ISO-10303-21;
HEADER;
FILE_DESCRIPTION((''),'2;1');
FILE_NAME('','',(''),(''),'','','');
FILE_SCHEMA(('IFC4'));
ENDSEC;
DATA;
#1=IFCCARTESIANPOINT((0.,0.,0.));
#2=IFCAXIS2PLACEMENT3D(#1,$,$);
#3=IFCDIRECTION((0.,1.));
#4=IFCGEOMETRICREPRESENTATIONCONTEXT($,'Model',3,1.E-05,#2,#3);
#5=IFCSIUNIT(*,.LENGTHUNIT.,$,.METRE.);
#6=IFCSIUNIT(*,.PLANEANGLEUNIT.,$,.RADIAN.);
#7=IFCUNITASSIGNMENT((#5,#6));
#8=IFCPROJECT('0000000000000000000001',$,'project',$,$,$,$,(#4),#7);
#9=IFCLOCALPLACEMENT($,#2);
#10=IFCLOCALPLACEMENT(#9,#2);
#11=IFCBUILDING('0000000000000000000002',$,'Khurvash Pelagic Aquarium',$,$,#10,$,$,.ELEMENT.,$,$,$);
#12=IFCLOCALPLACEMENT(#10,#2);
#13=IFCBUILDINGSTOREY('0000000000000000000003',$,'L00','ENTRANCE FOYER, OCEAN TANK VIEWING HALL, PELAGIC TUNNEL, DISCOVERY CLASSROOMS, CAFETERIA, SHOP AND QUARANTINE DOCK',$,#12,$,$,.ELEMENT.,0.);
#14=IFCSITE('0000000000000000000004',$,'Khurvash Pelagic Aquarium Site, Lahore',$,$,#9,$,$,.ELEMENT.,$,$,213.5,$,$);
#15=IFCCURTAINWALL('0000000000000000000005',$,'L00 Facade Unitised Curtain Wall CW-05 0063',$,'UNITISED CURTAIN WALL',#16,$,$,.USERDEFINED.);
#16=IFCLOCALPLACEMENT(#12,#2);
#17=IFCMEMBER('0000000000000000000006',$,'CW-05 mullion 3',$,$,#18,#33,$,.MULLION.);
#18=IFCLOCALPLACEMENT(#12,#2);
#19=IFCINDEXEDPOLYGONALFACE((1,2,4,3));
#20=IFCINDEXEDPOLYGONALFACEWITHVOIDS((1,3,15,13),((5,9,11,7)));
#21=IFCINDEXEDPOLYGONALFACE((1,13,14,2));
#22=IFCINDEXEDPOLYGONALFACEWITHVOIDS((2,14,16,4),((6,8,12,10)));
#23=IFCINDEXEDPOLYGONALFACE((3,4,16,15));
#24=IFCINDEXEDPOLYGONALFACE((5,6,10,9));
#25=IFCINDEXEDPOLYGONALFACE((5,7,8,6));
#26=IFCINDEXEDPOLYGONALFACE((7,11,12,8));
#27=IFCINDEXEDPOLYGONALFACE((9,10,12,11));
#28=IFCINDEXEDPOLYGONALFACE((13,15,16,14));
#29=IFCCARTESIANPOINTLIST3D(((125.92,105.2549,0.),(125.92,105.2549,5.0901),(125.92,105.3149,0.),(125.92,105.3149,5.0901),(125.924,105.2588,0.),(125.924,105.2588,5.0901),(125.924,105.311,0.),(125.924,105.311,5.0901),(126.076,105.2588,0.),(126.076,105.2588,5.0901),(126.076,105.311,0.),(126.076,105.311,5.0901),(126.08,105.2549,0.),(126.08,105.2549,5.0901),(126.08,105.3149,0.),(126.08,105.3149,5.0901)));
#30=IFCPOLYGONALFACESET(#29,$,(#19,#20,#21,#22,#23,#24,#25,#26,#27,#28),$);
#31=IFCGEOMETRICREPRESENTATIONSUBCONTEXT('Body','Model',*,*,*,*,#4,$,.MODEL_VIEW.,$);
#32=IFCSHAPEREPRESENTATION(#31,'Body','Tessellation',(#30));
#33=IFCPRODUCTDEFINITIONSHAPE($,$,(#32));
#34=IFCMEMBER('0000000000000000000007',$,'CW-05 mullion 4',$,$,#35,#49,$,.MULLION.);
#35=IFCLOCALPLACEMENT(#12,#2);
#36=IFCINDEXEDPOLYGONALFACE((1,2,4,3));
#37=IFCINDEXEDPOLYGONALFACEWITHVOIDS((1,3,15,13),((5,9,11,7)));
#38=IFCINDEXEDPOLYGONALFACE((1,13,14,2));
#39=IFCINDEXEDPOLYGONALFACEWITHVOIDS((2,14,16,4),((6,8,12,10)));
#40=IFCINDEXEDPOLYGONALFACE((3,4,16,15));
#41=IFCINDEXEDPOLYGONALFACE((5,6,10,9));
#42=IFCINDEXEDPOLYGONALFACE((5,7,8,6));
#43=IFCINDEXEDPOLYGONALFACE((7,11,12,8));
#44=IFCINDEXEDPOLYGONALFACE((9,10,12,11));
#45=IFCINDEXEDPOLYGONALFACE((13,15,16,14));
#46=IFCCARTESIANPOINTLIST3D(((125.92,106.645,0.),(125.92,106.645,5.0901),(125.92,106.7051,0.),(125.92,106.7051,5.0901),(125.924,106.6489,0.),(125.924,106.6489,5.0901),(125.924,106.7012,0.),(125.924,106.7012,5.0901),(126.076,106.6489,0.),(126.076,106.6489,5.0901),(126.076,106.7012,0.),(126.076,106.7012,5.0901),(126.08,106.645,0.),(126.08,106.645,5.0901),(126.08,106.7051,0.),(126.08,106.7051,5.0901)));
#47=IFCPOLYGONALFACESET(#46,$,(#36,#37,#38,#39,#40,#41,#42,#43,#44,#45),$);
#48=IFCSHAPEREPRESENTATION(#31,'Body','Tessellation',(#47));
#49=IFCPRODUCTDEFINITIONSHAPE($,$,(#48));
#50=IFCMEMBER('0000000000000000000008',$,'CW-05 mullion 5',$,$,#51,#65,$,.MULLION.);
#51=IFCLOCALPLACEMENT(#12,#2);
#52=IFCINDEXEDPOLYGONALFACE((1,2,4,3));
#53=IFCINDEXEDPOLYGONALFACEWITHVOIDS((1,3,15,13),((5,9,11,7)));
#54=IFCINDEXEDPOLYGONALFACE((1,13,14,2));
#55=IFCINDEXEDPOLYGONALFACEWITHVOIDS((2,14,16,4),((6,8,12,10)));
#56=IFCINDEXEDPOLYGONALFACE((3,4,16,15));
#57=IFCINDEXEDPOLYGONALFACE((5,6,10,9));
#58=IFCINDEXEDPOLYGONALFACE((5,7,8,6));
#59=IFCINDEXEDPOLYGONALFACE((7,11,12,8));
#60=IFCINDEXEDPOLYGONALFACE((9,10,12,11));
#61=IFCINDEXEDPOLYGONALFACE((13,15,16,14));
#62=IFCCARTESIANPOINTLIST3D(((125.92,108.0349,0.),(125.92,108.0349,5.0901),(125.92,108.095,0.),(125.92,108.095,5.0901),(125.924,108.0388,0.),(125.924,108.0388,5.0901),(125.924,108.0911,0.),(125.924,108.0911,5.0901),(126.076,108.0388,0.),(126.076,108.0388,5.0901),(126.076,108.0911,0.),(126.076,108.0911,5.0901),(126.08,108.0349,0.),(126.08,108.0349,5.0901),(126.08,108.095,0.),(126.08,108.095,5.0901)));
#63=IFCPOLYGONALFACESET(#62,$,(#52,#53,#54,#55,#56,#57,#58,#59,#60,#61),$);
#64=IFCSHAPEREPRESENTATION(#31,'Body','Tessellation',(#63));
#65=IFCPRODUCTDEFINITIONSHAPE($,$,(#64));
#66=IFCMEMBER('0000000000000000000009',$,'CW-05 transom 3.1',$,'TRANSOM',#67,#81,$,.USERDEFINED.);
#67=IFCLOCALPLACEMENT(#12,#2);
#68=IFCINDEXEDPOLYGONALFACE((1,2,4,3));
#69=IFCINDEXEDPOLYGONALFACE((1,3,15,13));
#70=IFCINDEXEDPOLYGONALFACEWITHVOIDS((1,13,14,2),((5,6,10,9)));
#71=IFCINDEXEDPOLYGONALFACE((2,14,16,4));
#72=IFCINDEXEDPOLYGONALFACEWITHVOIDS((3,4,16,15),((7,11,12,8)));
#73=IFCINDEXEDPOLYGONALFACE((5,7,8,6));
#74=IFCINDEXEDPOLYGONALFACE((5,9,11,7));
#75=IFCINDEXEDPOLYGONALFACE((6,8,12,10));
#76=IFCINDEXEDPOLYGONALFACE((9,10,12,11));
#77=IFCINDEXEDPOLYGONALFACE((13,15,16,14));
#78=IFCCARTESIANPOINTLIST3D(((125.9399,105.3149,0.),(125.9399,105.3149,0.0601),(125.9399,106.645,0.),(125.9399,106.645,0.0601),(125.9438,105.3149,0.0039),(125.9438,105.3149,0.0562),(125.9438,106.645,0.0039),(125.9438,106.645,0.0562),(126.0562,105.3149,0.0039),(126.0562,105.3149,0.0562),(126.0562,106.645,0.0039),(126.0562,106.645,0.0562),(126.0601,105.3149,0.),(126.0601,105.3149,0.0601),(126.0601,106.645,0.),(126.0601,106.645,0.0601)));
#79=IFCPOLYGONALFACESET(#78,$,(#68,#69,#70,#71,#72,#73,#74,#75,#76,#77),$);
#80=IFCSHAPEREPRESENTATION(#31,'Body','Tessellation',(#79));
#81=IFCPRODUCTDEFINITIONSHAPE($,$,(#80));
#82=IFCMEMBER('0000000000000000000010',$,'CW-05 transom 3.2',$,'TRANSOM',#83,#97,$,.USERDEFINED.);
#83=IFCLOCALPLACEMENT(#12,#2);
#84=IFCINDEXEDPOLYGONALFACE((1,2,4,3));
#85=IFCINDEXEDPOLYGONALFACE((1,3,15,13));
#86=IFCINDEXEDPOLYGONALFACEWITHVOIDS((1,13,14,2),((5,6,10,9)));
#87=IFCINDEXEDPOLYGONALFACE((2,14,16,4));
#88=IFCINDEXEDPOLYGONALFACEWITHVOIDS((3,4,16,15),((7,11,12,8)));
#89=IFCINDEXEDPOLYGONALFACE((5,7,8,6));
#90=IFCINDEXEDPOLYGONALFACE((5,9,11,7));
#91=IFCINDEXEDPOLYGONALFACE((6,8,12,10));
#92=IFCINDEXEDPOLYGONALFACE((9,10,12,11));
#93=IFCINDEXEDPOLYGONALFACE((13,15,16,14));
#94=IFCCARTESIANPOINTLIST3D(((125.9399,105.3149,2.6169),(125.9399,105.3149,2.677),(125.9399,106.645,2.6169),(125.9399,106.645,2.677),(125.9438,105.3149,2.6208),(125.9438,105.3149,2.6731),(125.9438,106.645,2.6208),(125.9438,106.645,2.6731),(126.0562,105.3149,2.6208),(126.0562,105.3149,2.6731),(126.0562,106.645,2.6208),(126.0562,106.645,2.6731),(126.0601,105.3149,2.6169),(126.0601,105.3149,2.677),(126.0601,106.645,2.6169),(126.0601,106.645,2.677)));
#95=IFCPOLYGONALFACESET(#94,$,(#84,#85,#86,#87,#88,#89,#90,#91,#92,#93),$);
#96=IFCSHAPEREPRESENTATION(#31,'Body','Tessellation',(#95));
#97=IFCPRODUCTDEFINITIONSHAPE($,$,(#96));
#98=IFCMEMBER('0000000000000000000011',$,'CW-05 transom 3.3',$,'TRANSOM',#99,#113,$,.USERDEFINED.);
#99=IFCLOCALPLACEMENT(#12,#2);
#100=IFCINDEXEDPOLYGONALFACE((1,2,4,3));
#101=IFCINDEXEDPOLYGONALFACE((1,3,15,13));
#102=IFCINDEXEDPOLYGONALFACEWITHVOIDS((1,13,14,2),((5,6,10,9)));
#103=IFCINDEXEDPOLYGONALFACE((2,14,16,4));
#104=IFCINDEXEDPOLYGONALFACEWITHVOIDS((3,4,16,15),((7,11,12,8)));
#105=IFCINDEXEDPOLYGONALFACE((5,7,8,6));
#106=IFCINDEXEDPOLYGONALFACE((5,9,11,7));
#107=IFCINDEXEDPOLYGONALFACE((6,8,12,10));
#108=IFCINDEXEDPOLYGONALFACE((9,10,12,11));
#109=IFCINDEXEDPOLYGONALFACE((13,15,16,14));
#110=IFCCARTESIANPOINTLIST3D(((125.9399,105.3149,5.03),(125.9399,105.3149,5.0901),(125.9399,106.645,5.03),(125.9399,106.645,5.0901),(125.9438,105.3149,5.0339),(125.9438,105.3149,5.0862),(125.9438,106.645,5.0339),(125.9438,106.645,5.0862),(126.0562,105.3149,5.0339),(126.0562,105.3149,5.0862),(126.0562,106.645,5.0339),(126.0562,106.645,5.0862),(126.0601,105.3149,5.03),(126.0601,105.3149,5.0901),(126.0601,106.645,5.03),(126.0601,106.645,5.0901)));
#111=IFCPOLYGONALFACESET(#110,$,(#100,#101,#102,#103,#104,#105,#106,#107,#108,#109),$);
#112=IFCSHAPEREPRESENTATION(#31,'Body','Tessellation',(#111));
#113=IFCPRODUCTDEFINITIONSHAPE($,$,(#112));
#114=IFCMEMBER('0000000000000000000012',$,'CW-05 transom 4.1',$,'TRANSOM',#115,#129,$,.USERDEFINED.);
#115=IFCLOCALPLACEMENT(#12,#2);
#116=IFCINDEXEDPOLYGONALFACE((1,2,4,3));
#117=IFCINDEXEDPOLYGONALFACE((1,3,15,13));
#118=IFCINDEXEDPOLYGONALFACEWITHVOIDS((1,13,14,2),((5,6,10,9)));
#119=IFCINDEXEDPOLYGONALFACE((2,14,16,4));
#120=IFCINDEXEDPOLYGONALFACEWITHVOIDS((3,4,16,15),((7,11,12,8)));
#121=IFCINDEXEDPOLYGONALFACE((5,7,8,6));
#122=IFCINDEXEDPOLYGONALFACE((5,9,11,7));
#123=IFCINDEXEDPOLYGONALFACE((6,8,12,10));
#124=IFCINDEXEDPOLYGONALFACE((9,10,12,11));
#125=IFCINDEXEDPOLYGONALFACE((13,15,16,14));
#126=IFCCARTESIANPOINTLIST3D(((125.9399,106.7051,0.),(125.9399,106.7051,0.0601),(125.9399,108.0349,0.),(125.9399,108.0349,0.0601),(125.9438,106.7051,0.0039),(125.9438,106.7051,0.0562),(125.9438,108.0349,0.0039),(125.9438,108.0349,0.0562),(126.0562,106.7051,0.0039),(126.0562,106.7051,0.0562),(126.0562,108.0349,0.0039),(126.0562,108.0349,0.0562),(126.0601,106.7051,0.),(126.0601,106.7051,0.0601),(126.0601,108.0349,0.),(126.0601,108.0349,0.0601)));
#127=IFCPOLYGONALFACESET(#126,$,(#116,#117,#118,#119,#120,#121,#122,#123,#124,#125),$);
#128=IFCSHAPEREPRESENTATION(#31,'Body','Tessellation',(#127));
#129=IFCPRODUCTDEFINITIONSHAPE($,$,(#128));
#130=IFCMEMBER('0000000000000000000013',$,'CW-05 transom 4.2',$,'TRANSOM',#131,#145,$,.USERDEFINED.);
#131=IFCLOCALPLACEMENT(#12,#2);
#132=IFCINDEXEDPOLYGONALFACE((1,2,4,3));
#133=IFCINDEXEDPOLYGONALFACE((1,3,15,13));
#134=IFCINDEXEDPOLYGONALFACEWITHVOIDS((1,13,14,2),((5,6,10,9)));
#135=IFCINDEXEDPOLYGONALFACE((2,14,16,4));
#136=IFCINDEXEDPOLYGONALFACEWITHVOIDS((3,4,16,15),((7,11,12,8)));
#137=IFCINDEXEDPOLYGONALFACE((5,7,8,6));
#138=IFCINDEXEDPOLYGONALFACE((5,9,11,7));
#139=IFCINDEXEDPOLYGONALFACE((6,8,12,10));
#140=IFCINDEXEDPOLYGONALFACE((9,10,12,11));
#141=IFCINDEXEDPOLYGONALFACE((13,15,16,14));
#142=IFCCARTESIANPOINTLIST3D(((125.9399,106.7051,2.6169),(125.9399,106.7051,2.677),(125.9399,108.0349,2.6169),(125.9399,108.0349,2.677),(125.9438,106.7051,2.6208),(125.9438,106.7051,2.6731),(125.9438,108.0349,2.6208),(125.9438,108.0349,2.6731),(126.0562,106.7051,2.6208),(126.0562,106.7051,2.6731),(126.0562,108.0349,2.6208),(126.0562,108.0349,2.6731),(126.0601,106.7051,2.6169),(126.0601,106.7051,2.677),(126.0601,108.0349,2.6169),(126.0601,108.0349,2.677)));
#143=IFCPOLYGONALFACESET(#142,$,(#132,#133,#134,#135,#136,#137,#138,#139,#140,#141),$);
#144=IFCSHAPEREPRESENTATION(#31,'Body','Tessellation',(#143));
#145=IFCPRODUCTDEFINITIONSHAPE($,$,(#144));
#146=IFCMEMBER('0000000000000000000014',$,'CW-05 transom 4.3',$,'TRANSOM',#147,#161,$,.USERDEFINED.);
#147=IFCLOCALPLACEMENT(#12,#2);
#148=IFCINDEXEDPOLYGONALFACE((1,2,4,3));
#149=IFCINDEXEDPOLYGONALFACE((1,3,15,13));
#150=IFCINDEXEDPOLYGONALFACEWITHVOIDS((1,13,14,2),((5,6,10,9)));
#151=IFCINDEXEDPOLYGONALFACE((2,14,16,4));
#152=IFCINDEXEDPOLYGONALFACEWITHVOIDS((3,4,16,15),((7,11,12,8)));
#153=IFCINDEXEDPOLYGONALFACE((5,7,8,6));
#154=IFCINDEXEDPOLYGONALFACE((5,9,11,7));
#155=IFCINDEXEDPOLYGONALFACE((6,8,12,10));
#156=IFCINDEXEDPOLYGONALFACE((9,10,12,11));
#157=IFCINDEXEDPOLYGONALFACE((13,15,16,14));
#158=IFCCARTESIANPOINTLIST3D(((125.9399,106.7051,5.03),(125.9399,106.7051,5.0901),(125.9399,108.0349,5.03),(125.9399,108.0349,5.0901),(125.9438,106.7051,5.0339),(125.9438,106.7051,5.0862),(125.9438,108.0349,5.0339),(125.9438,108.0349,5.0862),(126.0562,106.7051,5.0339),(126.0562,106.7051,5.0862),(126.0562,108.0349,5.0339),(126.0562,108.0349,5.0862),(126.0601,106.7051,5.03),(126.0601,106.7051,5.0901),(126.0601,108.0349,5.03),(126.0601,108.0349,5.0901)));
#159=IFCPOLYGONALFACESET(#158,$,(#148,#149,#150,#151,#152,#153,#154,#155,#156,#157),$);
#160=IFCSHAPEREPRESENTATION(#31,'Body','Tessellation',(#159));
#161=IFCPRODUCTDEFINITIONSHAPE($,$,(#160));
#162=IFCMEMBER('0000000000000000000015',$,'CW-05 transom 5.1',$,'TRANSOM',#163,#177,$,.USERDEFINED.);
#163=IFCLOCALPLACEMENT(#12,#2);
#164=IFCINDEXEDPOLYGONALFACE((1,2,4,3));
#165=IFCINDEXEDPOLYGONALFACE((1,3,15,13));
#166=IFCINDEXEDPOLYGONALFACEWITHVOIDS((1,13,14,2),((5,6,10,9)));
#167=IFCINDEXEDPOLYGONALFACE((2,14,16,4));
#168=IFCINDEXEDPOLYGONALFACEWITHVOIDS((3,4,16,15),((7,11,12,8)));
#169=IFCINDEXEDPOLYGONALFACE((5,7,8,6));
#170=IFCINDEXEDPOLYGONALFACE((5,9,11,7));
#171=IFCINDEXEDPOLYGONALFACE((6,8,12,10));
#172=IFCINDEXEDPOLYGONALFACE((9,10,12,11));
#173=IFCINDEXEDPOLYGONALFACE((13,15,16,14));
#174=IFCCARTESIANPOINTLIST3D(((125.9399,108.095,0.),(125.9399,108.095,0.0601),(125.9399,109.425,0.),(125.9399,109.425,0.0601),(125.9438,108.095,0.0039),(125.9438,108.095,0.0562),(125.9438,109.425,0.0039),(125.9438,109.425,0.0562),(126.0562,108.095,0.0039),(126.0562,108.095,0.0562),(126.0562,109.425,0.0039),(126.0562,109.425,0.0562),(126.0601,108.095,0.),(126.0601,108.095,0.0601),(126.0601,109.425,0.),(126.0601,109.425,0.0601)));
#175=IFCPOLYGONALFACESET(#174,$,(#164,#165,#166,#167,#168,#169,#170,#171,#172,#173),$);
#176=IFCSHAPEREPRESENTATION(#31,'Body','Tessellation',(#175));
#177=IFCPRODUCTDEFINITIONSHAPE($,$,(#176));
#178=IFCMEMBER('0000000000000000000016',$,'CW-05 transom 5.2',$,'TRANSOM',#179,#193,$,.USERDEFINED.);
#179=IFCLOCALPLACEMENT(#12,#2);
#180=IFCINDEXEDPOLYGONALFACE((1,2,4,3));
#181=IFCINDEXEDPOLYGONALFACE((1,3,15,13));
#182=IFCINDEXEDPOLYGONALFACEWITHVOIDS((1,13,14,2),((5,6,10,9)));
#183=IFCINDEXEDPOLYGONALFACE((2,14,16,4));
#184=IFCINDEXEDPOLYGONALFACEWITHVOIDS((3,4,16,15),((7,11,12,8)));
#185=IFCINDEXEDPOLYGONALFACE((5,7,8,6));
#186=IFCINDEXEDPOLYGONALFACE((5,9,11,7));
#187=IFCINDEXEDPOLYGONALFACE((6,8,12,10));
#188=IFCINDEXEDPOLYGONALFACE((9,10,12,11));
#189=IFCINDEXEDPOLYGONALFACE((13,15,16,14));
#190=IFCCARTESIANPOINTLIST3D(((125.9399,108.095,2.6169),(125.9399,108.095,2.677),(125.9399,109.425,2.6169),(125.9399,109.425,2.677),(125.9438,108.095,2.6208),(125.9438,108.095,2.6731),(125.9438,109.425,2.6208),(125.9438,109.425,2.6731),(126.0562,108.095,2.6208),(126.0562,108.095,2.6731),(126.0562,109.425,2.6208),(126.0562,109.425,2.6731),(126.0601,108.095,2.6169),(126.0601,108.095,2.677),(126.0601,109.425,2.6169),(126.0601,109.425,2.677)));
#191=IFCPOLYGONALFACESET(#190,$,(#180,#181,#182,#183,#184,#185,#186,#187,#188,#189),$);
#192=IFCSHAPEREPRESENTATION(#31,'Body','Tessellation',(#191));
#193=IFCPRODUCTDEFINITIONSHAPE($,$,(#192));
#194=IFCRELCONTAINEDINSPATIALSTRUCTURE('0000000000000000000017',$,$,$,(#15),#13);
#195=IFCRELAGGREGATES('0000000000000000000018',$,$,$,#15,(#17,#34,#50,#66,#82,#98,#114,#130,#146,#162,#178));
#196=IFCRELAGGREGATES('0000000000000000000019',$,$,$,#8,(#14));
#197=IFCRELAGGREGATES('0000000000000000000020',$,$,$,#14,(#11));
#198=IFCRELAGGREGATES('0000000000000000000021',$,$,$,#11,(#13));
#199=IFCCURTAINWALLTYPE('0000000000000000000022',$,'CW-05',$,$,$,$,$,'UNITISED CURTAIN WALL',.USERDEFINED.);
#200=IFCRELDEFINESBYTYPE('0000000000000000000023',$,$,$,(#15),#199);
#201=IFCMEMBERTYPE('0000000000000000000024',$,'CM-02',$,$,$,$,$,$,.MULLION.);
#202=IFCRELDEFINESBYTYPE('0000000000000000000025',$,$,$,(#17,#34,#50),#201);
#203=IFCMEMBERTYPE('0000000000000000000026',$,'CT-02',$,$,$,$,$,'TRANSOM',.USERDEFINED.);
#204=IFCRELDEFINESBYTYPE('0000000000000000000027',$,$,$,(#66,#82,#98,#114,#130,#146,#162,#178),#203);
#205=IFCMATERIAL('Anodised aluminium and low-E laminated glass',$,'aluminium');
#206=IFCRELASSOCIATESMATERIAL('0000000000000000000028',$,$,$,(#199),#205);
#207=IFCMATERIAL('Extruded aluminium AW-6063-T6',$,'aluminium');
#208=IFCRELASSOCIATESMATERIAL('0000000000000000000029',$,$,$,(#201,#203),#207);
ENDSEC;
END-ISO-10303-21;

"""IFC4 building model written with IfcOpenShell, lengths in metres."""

from ifc_helpers import new_model, si_unit, direction, frame, origin, origin_2d, place, context, subcontext, project, spatial, hollow_rectangle, extrude, material, material_profile, profile_set, type_object, element, aggregate, save


model = new_model("IFC4")

# Units and contexts
model_context = context("Model", 3, precision=1e-05, world=origin(), true_north=direction((0.0, 1.0)))
body_context = subcontext(model_context, "Body", "Model", "MODEL_VIEW")
ifc_project = project(units=[si_unit("LENGTHUNIT", "METRE"), si_unit("PLANEANGLEUNIT", "RADIAN")], contexts=[model_context])

# Site, building, storey
site_placement = place(None, origin())
site = spatial("IfcSite", under=ifc_project, at=site_placement, Name="Khurvash Pelagic Aquarium Site, Lahore", CompositionType="ELEMENT", RefElevation=213.5)
building_placement = place(site_placement, origin())
building = spatial("IfcBuilding", under=site, at=building_placement, Name="Khurvash Pelagic Aquarium", CompositionType="ELEMENT")
storey_placement = place(building_placement, origin())
storey = spatial("IfcBuildingStorey", under=building, at=storey_placement, Name="L00", Description="ENTRANCE FOYER, OCEAN TANK VIEWING HALL, PELAGIC TUNNEL, DISCOVERY CLASSROOMS, CAFETERIA, SHOP AND QUARANTINE DOCK", CompositionType="ELEMENT", Elevation=0.0)

# Curtain wall, members
ifc_material_1 = material(Name="Anodised aluminium and low-E laminated glass", Category="aluminium")
curtain_wall_type = type_object("IfcCurtainWallType", Name="CW-05", ElementType="UNITISED CURTAIN WALL", PredefinedType="USERDEFINED", material=ifc_material_1)
curtain_wall_placement = place(storey_placement, origin())
curtain_wall = element("IfcCurtainWall", 1, at=curtain_wall_placement, inside=storey, type_object=curtain_wall_type, Name="L00 Facade Unitised Curtain Wall CW-05 0063", ObjectType="UNITISED CURTAIN WALL", PredefinedType="USERDEFINED")
ifc_material_2 = material(Name="Extruded aluminium AW-6063-T6", Category="aluminium")
ifc_material_profile_1 = material_profile(ifc_material_2, hollow_rectangle(XDim=0.0601, YDim=0.1599, WallThickness=0.0039, at=origin_2d()), Name="CWM60X160X4")
ifc_profile_set_1 = profile_set([ifc_material_profile_1], Name="Extruded aluminium AW-6063-T6")
member_type_1 = type_object("IfcMemberType", Name="CM-02", PredefinedType="MULLION", material=ifc_profile_set_1)
member_1_placement = place(storey_placement, frame((126.0, 105.2849, 0.0), z_axis=(0.0, 0.0, 1.0), x_axis=(0.0, 1.0, 0.0)))
member_1 = element("IfcMember", 2, at=member_1_placement, type_object=member_type_1, Name="CW-05 mullion 3", PredefinedType="MULLION", context=body_context, shape_type="SweptSolid", body=[
    extrude(hollow_rectangle(XDim=0.0601, YDim=0.1599, WallThickness=0.0039, at=origin_2d()), origin(), (0.0, 0.0, 1.0), 5.0901),
])
member_2_placement = place(storey_placement, frame((126.0, 106.675, 0.0), z_axis=(0.0, 0.0, 1.0), x_axis=(0.0, 1.0, 0.0)))
member_2 = element("IfcMember", 3, at=member_2_placement, type_object=member_type_1, Name="CW-05 mullion 4", PredefinedType="MULLION", context=body_context, shape_type="SweptSolid", body=[
    extrude(hollow_rectangle(XDim=0.0601, YDim=0.1599, WallThickness=0.0039, at=origin_2d()), origin(), (0.0, 0.0, 1.0), 5.0901),
])
member_3_placement = place(storey_placement, frame((126.0, 108.0649, 0.0), z_axis=(0.0, 0.0, 1.0), x_axis=(0.0, 1.0, 0.0)))
member_3 = element("IfcMember", 4, at=member_3_placement, type_object=member_type_1, Name="CW-05 mullion 5", PredefinedType="MULLION", context=body_context, shape_type="SweptSolid", body=[
    extrude(hollow_rectangle(XDim=0.0601, YDim=0.1599, WallThickness=0.0039, at=origin_2d()), origin(), (0.0, 0.0, 1.0), 5.0901),
])
ifc_material_profile_2 = material_profile(ifc_material_2, hollow_rectangle(XDim=0.1201, YDim=0.0601, WallThickness=0.0039, at=origin_2d()), Name="CWT120X60X4")
ifc_profile_set_2 = profile_set([ifc_material_profile_2], Name="Extruded aluminium AW-6063-T6")
member_type_2 = type_object("IfcMemberType", Name="CT-02", ElementType="TRANSOM", PredefinedType="USERDEFINED", material=ifc_profile_set_2)
member_4_placement = place(storey_placement, frame((126.0, 105.3149, 0.03), z_axis=(0.0, 1.0, 0.0), x_axis=(-1.0, 0.0, 0.0)))
member_4 = element("IfcMember", 5, at=member_4_placement, type_object=member_type_2, Name="CW-05 transom 3.1", ObjectType="TRANSOM", PredefinedType="USERDEFINED", context=body_context, shape_type="SweptSolid", body=[
    extrude(hollow_rectangle(XDim=0.1201, YDim=0.0601, WallThickness=0.0039, at=origin_2d()), origin(), (0.0, 0.0, 1.0), 1.3301),
])
member_5_placement = place(storey_placement, frame((126.0, 105.3149, 2.647), z_axis=(0.0, 1.0, 0.0), x_axis=(-1.0, 0.0, 0.0)))
member_5 = element("IfcMember", 6, at=member_5_placement, type_object=member_type_2, Name="CW-05 transom 3.2", ObjectType="TRANSOM", PredefinedType="USERDEFINED", context=body_context, shape_type="SweptSolid", body=[
    extrude(hollow_rectangle(XDim=0.1201, YDim=0.0601, WallThickness=0.0039, at=origin_2d()), origin(), (0.0, 0.0, 1.0), 1.3301),
])
member_6_placement = place(storey_placement, frame((126.0, 105.3149, 5.0601), z_axis=(0.0, 1.0, 0.0), x_axis=(-1.0, 0.0, 0.0)))
member_6 = element("IfcMember", 7, at=member_6_placement, type_object=member_type_2, Name="CW-05 transom 3.3", ObjectType="TRANSOM", PredefinedType="USERDEFINED", context=body_context, shape_type="SweptSolid", body=[
    extrude(hollow_rectangle(XDim=0.1201, YDim=0.0601, WallThickness=0.0039, at=origin_2d()), origin(), (0.0, 0.0, 1.0), 1.3301),
])
member_7_placement = place(storey_placement, frame((126.0, 106.7051, 0.03), z_axis=(0.0, 1.0, 0.0), x_axis=(-1.0, 0.0, 0.0)))
member_7 = element("IfcMember", 8, at=member_7_placement, type_object=member_type_2, Name="CW-05 transom 4.1", ObjectType="TRANSOM", PredefinedType="USERDEFINED", context=body_context, shape_type="SweptSolid", body=[
    extrude(hollow_rectangle(XDim=0.1201, YDim=0.0601, WallThickness=0.0039, at=origin_2d()), origin(), (0.0, 0.0, 1.0), 1.3298),
])
member_8_placement = place(storey_placement, frame((126.0, 106.7051, 2.647), z_axis=(0.0, 1.0, 0.0), x_axis=(-1.0, 0.0, 0.0)))
member_8 = element("IfcMember", 9, at=member_8_placement, type_object=member_type_2, Name="CW-05 transom 4.2", ObjectType="TRANSOM", PredefinedType="USERDEFINED", context=body_context, shape_type="SweptSolid", body=[
    extrude(hollow_rectangle(XDim=0.1201, YDim=0.0601, WallThickness=0.0039, at=origin_2d()), origin(), (0.0, 0.0, 1.0), 1.3298),
])
member_9_placement = place(storey_placement, frame((126.0, 106.7051, 5.0601), z_axis=(0.0, 1.0, 0.0), x_axis=(-1.0, 0.0, 0.0)))
member_9 = element("IfcMember", 10, at=member_9_placement, type_object=member_type_2, Name="CW-05 transom 4.3", ObjectType="TRANSOM", PredefinedType="USERDEFINED", context=body_context, shape_type="SweptSolid", body=[
    extrude(hollow_rectangle(XDim=0.1201, YDim=0.0601, WallThickness=0.0039, at=origin_2d()), origin(), (0.0, 0.0, 1.0), 1.3298),
])
member_10_placement = place(storey_placement, frame((126.0, 108.095, 0.03), z_axis=(0.0, 1.0, 0.0), x_axis=(-1.0, 0.0, 0.0)))
member_10 = element("IfcMember", 11, at=member_10_placement, type_object=member_type_2, Name="CW-05 transom 5.1", ObjectType="TRANSOM", PredefinedType="USERDEFINED", context=body_context, shape_type="SweptSolid", body=[
    extrude(hollow_rectangle(XDim=0.1201, YDim=0.0601, WallThickness=0.0039, at=origin_2d()), origin(), (0.0, 0.0, 1.0), 1.3301),
])
member_11_placement = place(storey_placement, frame((126.0, 108.095, 2.647), z_axis=(0.0, 1.0, 0.0), x_axis=(-1.0, 0.0, 0.0)))
member_11 = element("IfcMember", 12, at=member_11_placement, type_object=member_type_2, Name="CW-05 transom 5.2", ObjectType="TRANSOM", PredefinedType="USERDEFINED", context=body_context, shape_type="SweptSolid", body=[
    extrude(hollow_rectangle(XDim=0.1201, YDim=0.0601, WallThickness=0.0039, at=origin_2d()), origin(), (0.0, 0.0, 1.0), 1.3301),
])
aggregate(curtain_wall, [member_1, member_2, member_3, member_4, member_5, member_6, member_7, member_8, member_9, member_10, member_11])

save(model, "model.ifc")
